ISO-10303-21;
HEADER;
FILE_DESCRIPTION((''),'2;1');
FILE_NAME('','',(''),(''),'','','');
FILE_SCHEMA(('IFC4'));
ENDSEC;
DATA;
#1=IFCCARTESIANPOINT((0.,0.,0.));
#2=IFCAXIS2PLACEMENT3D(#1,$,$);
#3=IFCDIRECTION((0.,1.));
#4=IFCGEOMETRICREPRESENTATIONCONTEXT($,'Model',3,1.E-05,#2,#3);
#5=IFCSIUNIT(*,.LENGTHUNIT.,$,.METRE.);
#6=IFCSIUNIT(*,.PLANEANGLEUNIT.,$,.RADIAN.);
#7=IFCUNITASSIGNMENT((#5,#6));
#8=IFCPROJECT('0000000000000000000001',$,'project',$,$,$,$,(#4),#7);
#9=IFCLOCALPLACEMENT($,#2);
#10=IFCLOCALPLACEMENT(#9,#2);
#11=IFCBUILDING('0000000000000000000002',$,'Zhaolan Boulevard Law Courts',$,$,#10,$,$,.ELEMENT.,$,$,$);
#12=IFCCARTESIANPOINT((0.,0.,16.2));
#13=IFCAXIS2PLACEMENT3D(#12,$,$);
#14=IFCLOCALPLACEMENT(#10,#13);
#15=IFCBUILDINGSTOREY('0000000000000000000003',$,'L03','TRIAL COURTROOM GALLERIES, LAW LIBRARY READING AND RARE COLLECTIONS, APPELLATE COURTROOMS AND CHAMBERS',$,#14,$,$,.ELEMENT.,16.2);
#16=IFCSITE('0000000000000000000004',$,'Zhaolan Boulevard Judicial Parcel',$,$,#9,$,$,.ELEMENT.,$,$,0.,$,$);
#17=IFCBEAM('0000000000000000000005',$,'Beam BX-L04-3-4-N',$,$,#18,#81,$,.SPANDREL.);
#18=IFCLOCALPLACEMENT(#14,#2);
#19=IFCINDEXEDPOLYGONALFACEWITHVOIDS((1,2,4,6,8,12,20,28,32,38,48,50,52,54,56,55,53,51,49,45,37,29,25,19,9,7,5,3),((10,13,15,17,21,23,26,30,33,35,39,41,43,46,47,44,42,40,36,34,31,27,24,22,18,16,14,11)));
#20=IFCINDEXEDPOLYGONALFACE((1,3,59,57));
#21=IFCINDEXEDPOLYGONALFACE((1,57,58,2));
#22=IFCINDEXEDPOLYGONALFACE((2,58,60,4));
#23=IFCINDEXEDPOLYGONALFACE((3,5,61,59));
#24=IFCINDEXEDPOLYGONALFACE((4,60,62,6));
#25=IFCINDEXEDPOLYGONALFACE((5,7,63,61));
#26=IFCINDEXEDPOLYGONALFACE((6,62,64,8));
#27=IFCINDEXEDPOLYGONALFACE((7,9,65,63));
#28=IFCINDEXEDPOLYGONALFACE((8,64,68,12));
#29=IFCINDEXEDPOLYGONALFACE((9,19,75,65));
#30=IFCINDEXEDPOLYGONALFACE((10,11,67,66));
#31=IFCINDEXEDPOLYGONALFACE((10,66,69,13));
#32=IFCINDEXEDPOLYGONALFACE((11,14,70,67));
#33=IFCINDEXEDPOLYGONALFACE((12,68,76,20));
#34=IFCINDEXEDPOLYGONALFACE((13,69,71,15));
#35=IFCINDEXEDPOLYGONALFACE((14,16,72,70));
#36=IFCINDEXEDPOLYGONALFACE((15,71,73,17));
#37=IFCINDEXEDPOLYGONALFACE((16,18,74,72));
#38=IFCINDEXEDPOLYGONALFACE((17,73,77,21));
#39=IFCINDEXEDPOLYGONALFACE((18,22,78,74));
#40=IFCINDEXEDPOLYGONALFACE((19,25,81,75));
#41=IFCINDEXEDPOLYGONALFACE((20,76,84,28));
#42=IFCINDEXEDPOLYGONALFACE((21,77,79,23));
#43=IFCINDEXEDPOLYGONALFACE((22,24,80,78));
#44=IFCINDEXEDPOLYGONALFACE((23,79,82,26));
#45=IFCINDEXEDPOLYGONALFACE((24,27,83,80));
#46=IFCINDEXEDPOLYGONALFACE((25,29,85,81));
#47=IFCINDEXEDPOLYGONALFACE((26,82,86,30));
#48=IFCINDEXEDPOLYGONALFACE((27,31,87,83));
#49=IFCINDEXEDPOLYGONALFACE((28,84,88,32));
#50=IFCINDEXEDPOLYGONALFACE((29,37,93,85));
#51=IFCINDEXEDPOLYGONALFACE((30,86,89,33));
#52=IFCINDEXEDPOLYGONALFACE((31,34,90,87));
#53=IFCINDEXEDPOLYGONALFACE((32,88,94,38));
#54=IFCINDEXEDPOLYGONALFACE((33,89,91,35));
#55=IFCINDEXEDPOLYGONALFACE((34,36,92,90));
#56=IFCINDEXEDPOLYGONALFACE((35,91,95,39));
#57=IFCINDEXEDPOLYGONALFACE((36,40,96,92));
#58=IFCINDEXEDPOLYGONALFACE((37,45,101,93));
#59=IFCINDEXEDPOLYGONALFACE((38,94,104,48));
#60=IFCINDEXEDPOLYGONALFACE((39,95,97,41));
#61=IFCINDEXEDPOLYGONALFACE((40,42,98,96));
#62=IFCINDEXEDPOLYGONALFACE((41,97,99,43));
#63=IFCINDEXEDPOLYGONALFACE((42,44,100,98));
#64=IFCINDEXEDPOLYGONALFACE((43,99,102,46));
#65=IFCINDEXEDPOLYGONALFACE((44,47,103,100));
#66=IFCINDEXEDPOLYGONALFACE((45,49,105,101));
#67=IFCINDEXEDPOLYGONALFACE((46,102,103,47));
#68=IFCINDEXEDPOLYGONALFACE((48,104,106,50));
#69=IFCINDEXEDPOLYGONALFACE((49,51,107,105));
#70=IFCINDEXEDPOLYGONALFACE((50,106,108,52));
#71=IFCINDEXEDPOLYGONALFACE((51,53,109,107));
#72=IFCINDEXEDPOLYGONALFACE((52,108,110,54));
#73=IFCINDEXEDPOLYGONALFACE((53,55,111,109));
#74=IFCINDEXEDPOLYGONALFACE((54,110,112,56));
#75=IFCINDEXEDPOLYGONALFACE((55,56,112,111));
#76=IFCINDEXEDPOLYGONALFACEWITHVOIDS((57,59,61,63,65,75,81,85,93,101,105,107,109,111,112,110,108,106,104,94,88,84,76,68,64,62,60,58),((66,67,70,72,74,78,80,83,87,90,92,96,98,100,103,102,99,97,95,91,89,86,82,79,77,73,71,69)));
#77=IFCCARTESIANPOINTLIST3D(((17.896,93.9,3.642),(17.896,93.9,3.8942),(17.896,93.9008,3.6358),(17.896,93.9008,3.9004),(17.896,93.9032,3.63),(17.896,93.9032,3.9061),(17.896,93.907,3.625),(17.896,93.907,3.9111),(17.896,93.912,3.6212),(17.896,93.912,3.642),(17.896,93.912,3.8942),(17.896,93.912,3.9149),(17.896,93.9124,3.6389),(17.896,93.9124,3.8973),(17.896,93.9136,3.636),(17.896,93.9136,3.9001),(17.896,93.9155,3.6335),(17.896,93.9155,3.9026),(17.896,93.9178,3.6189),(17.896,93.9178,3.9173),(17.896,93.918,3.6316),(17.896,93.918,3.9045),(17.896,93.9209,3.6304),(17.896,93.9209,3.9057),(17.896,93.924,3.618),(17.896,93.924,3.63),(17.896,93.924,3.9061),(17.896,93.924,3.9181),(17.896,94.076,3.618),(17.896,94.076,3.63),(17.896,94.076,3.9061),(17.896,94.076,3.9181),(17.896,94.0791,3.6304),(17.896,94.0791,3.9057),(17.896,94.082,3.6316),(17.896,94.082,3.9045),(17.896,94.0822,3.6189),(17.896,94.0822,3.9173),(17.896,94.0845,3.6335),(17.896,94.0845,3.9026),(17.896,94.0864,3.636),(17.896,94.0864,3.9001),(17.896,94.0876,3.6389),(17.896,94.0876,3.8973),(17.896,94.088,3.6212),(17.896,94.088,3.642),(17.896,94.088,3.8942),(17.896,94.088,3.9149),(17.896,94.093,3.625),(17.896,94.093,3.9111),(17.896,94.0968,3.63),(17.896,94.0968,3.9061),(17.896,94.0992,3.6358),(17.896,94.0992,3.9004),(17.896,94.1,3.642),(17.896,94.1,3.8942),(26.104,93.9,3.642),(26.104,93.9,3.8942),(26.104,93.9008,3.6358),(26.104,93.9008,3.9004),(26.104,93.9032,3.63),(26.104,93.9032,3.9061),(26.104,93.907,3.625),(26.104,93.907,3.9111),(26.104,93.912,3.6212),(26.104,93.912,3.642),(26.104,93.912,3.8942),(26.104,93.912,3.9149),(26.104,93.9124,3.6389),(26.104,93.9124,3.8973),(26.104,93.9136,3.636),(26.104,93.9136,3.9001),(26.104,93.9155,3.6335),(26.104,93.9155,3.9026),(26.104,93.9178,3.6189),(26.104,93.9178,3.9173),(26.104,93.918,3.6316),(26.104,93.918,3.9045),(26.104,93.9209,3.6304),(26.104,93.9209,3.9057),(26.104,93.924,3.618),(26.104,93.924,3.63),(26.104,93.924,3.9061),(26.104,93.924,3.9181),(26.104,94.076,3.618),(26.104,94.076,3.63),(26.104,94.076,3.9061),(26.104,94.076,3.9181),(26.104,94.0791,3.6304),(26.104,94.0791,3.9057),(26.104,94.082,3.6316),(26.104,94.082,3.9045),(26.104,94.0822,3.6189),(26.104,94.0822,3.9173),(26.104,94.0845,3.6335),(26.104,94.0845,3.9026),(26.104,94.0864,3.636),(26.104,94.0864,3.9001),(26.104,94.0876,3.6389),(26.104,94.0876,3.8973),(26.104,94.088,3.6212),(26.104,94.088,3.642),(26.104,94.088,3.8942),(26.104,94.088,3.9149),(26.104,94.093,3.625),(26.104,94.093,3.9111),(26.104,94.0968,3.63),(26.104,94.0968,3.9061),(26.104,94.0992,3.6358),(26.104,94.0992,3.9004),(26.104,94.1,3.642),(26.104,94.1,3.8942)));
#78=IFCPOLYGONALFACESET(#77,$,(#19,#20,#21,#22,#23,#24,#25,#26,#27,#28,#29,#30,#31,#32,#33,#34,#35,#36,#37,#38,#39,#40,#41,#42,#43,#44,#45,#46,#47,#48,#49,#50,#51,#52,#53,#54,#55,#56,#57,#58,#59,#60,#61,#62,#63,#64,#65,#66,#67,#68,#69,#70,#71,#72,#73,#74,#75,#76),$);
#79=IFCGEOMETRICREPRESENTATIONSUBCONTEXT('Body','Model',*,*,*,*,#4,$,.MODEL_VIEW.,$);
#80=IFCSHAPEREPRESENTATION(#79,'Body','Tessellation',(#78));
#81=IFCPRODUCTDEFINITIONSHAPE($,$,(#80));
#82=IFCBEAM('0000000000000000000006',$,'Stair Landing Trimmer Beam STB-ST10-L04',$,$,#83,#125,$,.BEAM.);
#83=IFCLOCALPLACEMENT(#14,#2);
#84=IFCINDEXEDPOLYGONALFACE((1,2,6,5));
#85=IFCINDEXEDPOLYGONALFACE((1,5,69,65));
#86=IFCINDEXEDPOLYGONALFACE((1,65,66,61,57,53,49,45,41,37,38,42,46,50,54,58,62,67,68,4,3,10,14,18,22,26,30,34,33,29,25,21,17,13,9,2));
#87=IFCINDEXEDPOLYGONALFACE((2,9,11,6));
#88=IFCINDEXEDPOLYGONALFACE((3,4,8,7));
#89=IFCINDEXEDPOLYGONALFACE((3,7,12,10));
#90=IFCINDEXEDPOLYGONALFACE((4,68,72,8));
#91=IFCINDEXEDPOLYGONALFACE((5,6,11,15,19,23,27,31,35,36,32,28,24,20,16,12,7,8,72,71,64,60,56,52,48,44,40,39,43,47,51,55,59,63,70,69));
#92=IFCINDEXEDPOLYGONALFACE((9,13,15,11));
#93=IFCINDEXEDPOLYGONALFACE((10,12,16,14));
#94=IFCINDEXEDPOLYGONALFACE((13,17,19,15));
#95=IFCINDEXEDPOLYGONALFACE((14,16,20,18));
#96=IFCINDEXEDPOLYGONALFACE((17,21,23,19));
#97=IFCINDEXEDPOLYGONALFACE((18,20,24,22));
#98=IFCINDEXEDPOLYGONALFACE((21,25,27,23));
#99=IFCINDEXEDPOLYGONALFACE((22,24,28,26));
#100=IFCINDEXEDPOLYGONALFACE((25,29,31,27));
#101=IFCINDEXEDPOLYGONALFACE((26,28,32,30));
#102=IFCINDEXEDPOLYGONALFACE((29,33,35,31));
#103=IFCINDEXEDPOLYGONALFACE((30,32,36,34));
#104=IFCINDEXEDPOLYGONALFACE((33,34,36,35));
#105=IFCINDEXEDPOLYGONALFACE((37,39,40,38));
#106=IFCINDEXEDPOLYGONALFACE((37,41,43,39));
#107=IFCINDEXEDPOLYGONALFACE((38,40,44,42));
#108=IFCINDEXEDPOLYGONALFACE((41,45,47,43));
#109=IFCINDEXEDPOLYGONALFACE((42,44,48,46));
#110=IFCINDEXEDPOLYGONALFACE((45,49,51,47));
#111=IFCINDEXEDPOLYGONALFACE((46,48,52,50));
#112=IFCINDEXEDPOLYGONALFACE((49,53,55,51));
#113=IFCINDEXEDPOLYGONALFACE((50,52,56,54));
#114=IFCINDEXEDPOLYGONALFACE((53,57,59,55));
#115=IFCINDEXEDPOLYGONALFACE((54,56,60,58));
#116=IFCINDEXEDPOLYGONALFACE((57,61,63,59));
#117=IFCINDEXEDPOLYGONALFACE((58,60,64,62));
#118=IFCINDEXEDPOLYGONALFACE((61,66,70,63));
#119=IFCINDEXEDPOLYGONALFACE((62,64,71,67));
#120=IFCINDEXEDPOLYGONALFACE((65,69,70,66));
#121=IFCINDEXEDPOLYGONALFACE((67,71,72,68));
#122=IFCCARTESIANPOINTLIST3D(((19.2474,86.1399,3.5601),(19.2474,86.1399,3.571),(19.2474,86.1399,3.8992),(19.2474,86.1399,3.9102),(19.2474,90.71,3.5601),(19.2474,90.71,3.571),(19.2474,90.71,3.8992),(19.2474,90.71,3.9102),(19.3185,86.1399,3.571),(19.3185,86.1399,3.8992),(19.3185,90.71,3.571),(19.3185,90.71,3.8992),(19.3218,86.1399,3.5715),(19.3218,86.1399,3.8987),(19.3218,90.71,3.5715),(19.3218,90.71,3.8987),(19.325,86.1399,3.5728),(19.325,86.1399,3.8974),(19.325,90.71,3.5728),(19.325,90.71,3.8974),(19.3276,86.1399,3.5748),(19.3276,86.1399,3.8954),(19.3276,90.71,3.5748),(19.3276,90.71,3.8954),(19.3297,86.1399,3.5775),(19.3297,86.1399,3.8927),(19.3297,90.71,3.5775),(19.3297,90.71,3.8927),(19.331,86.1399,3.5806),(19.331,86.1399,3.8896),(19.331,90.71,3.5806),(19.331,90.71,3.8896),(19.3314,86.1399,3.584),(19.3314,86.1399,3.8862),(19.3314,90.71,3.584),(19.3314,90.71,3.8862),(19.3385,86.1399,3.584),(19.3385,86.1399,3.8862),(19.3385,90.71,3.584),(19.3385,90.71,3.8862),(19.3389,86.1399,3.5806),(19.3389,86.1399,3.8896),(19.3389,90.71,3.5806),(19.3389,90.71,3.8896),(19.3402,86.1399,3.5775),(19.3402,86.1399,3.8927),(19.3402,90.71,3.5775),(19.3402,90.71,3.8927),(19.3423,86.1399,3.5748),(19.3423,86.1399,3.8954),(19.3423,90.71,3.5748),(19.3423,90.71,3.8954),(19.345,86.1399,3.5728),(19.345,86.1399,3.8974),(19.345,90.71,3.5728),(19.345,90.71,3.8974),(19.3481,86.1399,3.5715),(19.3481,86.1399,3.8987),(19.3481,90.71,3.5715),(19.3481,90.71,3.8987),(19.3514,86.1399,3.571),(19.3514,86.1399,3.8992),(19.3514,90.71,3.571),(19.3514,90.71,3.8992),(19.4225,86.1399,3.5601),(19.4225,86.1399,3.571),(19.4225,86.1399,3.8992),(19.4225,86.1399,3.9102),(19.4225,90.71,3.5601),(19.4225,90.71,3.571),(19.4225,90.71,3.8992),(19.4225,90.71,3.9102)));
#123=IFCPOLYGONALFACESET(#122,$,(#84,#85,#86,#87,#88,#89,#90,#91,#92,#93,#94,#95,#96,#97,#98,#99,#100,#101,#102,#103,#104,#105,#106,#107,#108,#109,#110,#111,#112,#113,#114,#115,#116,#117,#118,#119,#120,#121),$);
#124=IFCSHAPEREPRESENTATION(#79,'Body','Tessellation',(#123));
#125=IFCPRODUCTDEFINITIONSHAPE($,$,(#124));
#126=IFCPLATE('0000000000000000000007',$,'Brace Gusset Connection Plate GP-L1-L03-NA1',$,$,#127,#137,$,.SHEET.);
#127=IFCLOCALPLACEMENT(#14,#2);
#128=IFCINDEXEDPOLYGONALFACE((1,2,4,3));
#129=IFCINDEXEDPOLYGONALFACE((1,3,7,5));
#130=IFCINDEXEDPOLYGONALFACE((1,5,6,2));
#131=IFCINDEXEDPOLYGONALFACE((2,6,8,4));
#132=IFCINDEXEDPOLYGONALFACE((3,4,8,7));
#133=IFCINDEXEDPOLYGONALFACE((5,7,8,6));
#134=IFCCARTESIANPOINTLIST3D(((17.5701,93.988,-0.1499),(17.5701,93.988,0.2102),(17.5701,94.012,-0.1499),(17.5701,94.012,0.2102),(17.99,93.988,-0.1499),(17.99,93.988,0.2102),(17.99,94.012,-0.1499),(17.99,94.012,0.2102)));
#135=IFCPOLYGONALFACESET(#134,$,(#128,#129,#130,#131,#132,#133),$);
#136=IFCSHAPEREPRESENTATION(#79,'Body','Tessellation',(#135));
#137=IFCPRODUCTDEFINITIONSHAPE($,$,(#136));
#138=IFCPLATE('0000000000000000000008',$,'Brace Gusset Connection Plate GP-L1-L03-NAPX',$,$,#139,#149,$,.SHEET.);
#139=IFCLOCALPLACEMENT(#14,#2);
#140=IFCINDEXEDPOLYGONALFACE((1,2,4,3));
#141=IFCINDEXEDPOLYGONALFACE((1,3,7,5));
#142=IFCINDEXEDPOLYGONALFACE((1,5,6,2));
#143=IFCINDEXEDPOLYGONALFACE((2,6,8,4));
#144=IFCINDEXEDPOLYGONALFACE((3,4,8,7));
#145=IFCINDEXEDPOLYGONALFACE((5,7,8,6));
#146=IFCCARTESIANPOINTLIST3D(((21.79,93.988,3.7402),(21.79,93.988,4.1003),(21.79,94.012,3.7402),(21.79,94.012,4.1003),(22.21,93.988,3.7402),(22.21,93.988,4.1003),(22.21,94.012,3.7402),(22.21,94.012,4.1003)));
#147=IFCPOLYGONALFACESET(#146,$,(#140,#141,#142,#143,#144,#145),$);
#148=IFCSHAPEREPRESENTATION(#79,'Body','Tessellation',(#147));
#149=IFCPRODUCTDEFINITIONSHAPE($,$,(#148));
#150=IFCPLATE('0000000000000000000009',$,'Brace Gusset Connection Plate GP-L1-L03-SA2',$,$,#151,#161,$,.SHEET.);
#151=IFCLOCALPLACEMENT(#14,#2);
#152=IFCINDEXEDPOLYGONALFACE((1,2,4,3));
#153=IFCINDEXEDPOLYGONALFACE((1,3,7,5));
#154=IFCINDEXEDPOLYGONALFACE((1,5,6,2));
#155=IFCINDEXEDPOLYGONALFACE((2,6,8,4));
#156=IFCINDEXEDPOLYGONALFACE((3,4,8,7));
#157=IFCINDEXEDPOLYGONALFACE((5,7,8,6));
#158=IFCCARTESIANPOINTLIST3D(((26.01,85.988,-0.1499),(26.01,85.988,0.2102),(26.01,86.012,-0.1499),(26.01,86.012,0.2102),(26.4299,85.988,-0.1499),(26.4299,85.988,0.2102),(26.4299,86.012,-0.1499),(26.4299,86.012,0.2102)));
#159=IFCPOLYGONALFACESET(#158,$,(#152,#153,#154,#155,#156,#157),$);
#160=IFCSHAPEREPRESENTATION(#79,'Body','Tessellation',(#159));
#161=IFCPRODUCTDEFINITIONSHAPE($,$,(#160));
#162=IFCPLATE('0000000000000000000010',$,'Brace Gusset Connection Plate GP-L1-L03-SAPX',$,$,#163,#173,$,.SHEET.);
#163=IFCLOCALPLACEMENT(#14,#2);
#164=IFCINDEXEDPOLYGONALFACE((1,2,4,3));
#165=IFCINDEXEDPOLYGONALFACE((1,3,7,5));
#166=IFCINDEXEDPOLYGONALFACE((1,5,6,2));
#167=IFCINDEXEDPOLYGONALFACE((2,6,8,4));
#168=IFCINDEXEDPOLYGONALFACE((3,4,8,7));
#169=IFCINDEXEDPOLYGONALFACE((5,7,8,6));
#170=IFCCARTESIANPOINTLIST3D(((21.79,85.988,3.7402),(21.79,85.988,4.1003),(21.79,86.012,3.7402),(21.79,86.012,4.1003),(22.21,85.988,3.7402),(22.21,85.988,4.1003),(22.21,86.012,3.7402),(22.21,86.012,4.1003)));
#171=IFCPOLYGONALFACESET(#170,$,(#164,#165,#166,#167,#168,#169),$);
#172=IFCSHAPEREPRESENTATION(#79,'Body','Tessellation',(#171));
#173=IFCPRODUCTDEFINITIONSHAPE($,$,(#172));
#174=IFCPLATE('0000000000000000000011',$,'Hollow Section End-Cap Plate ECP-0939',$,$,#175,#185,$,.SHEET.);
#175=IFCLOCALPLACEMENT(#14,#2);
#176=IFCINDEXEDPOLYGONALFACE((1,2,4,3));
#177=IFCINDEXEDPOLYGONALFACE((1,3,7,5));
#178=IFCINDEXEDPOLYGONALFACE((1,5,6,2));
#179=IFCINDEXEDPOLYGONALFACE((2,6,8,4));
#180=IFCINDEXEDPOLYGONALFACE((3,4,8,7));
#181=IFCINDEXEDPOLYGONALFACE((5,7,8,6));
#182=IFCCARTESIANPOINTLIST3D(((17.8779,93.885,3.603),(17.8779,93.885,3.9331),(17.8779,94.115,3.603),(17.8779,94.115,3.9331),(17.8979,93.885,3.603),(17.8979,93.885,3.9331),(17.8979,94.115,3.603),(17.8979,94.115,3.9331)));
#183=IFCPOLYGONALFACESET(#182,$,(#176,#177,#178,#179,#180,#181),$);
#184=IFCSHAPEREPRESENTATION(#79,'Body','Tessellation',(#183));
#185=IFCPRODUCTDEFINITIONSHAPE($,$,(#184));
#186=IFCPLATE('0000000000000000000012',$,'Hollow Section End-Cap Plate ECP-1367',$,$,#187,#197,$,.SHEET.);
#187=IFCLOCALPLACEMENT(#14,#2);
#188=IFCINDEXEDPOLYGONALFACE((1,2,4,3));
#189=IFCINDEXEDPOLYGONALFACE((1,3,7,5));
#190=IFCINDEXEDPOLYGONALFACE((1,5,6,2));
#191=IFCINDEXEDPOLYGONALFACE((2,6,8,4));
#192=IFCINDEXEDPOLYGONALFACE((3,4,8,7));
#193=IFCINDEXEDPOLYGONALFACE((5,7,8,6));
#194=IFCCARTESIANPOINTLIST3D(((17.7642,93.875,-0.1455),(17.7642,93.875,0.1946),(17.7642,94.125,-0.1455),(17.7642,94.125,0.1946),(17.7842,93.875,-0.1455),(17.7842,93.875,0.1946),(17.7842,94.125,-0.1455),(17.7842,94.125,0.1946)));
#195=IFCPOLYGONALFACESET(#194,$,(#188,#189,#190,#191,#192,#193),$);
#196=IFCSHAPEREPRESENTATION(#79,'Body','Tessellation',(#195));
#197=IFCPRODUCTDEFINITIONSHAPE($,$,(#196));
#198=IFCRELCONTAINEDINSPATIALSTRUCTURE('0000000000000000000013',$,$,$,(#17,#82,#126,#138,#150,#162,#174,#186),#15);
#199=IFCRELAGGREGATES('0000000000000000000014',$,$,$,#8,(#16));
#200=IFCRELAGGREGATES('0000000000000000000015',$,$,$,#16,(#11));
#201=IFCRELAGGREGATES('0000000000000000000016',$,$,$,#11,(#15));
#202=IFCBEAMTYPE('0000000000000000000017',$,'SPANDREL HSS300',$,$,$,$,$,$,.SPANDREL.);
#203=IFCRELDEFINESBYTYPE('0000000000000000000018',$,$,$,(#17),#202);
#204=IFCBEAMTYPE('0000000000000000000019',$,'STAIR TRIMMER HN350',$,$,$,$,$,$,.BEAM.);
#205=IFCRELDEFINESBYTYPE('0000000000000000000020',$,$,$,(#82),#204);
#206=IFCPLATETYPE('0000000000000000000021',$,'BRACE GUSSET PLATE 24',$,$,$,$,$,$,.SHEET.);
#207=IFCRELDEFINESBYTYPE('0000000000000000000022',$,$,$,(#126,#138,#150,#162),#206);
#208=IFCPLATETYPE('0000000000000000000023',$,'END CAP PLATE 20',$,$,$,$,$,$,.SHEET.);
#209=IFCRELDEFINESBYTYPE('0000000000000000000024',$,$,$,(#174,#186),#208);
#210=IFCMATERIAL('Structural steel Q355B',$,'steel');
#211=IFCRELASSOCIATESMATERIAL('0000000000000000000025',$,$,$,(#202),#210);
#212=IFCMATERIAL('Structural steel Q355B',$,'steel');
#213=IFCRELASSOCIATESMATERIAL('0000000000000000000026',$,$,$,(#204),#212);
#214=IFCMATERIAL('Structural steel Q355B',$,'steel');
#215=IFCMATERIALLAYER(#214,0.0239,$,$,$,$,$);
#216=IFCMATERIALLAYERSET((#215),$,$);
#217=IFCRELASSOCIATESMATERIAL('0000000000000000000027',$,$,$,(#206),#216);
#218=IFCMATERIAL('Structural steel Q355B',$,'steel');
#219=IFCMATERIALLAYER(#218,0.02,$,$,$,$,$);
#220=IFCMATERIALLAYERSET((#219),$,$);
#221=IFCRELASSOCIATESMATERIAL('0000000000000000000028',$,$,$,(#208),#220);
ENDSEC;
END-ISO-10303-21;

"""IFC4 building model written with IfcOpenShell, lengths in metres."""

from ifc_helpers import new_model, si_unit, direction, frame, origin, origin_2d, place, context, subcontext, project, spatial, rectangle, hollow_rectangle, i_section, extrude, material, layer, layer_set, material_profile, profile_set, type_object, element, save


model = new_model("IFC4")

# Units and contexts
model_context = context("Model", 3, precision=1e-05, world=origin(), true_north=direction((0.0, 1.0)))
body_context = subcontext(model_context, "Body", "Model", "MODEL_VIEW")
ifc_project = project(units=[si_unit("LENGTHUNIT", "METRE"), si_unit("PLANEANGLEUNIT", "RADIAN")], contexts=[model_context])

# Site, building, storey
site_placement = place(None, origin())
site = spatial("IfcSite", under=ifc_project, at=site_placement, Name="Zhaolan Boulevard Judicial Parcel", CompositionType="ELEMENT", RefElevation=0.0)
building_placement = place(site_placement, origin())
building = spatial("IfcBuilding", under=site, at=building_placement, Name="Zhaolan Boulevard Law Courts", CompositionType="ELEMENT")
storey_placement = place(building_placement, frame((0.0, 0.0, 16.2)))
storey = spatial("IfcBuildingStorey", under=building, at=storey_placement, Name="L03", Description="TRIAL COURTROOM GALLERIES, LAW LIBRARY READING AND RARE COLLECTIONS, APPELLATE COURTROOMS AND CHAMBERS", CompositionType="ELEMENT", Elevation=16.2)

# Beams
ifc_material_1 = material(Name="Structural steel Q355B", Category="steel")
ifc_material_profile_1 = material_profile(ifc_material_1, hollow_rectangle(XDim=0.2, YDim=0.3, WallThickness=0.012, InnerFilletRadius=0.012, OuterFilletRadius=0.0239, at=origin_2d()), Name="HSS300x200x12")
ifc_profile_set_1 = profile_set([ifc_material_profile_1], Name="Structural steel Q355B")
beam_type_1 = type_object("IfcBeamType", Name="SPANDREL HSS300", PredefinedType="SPANDREL", material=ifc_profile_set_1)
beam_1_placement = place(storey_placement, frame((17.896, 94.0, 3.7681), z_axis=(1.0, 0.0, 0.0), x_axis=(0.0, 1.0, 0.0)))
element("IfcBeam", 1, at=beam_1_placement, inside=storey, type_object=beam_type_1, Name="Beam BX-L04-3-4-N", PredefinedType="SPANDREL", context=body_context, shape_type="SweptSolid", body=[
    extrude(hollow_rectangle(XDim=0.2, YDim=0.3, WallThickness=0.012, InnerFilletRadius=0.012, OuterFilletRadius=0.0239, at=origin_2d()), origin(), (0.0, 0.0, 1.0), 8.208),
])
ifc_material_2 = material(Name="Structural steel Q355B", Category="steel")
ifc_material_profile_2 = material_profile(ifc_material_2, i_section(OverallWidth=0.175, OverallDepth=0.3501, WebThickness=0.0071, FlangeThickness=0.011, FilletRadius=0.0129, at=origin_2d()), Name="HN350x175")
ifc_profile_set_2 = profile_set([ifc_material_profile_2], Name="Structural steel Q355B")
beam_type_2 = type_object("IfcBeamType", Name="STAIR TRIMMER HN350", PredefinedType="BEAM", material=ifc_profile_set_2)
beam_2_placement = place(storey_placement, frame((19.335, 86.1399, 3.7351), z_axis=(0.0, 1.0, 0.0), x_axis=(-1.0, 0.0, 0.0)))
element("IfcBeam", 2, at=beam_2_placement, inside=storey, type_object=beam_type_2, Name="Stair Landing Trimmer Beam STB-ST10-L04", PredefinedType="BEAM", context=body_context, shape_type="SweptSolid", body=[
    extrude(i_section(OverallWidth=0.175, OverallDepth=0.3501, WebThickness=0.0071, FlangeThickness=0.011, FilletRadius=0.0129, at=origin_2d()), origin(), (0.0, 0.0, 1.0), 4.5701),
])

# Plates
ifc_material_3 = material(Name="Structural steel Q355B", Category="steel")
ifc_layer_1 = layer(ifc_material_3, 0.0239)
ifc_layer_set_1 = layer_set([ifc_layer_1])
plate_type_1 = type_object("IfcPlateType", Name="BRACE GUSSET PLATE 24", PredefinedType="SHEET", material=ifc_layer_set_1)
for number, where, z_axis, x_axis, name in (
    (3, (17.78, 94.0, -0.1499), (0.0, 0.0, 1.0), (1.0, 0.0, 0.0), "Brace Gusset Connection Plate GP-L1-L03-NA1"),
    (4, (22.0, 94.0, 3.7402), (0.0, 0.0, 1.0), (1.0, 0.0, 0.0), "Brace Gusset Connection Plate GP-L1-L03-NAPX"),
    (5, (26.22, 86.0, -0.1499), (0.0, 0.0, 1.0), (1.0, 0.0, 0.0), "Brace Gusset Connection Plate GP-L1-L03-SA2"),
    (6, (22.0, 86.0, 3.7402), (0.0, 0.0, 1.0), (1.0, 0.0, 0.0), "Brace Gusset Connection Plate GP-L1-L03-SAPX"),
):
    element("IfcPlate", number, at=place(storey_placement, frame(where, z_axis=z_axis, x_axis=x_axis)), inside=storey, type_object=plate_type_1, Name=name, PredefinedType="SHEET", context=body_context, shape_type="SweptSolid", body=[
        extrude(rectangle(XDim=0.4199, YDim=0.0239, at=origin_2d()), origin(), (0.0, 0.0, 1.0), 0.3601),
    ])
ifc_material_4 = material(Name="Structural steel Q355B", Category="steel")
ifc_layer_2 = layer(ifc_material_4, 0.02)
ifc_layer_set_2 = layer_set([ifc_layer_2])
plate_type_2 = type_object("IfcPlateType", Name="END CAP PLATE 20", PredefinedType="SHEET", material=ifc_layer_set_2)
plate_placement = place(storey_placement, frame((17.8879, 94.0, 3.603), z_axis=(0.0, 0.0, 1.0), x_axis=(1.0, 0.0, 0.0)))
element("IfcPlate", 7, at=plate_placement, inside=storey, type_object=plate_type_2, Name="Hollow Section End-Cap Plate ECP-0939", PredefinedType="SHEET", context=body_context, shape_type="SweptSolid", body=[
    extrude(rectangle(XDim=0.02, YDim=0.23, at=origin_2d()), origin(), (0.0, 0.0, 1.0), 0.3301),
])
for number, where, z_axis, x_axis, name in (
    (8, (17.7742, 94.0, -0.1455), (0.0, 0.0, 1.0), (1.0, 0.0, 0.0), "Hollow Section End-Cap Plate ECP-1367"),
):
    element("IfcPlate", number, at=place(storey_placement, frame(where, z_axis=z_axis, x_axis=x_axis)), inside=storey, type_object=plate_type_2, Name=name, PredefinedType="SHEET", context=body_context, shape_type="SweptSolid", body=[
        extrude(rectangle(XDim=0.02, YDim=0.25, at=origin_2d()), origin(), (0.0, 0.0, 1.0), 0.3401),
    ])

save(model, "model.ifc")
